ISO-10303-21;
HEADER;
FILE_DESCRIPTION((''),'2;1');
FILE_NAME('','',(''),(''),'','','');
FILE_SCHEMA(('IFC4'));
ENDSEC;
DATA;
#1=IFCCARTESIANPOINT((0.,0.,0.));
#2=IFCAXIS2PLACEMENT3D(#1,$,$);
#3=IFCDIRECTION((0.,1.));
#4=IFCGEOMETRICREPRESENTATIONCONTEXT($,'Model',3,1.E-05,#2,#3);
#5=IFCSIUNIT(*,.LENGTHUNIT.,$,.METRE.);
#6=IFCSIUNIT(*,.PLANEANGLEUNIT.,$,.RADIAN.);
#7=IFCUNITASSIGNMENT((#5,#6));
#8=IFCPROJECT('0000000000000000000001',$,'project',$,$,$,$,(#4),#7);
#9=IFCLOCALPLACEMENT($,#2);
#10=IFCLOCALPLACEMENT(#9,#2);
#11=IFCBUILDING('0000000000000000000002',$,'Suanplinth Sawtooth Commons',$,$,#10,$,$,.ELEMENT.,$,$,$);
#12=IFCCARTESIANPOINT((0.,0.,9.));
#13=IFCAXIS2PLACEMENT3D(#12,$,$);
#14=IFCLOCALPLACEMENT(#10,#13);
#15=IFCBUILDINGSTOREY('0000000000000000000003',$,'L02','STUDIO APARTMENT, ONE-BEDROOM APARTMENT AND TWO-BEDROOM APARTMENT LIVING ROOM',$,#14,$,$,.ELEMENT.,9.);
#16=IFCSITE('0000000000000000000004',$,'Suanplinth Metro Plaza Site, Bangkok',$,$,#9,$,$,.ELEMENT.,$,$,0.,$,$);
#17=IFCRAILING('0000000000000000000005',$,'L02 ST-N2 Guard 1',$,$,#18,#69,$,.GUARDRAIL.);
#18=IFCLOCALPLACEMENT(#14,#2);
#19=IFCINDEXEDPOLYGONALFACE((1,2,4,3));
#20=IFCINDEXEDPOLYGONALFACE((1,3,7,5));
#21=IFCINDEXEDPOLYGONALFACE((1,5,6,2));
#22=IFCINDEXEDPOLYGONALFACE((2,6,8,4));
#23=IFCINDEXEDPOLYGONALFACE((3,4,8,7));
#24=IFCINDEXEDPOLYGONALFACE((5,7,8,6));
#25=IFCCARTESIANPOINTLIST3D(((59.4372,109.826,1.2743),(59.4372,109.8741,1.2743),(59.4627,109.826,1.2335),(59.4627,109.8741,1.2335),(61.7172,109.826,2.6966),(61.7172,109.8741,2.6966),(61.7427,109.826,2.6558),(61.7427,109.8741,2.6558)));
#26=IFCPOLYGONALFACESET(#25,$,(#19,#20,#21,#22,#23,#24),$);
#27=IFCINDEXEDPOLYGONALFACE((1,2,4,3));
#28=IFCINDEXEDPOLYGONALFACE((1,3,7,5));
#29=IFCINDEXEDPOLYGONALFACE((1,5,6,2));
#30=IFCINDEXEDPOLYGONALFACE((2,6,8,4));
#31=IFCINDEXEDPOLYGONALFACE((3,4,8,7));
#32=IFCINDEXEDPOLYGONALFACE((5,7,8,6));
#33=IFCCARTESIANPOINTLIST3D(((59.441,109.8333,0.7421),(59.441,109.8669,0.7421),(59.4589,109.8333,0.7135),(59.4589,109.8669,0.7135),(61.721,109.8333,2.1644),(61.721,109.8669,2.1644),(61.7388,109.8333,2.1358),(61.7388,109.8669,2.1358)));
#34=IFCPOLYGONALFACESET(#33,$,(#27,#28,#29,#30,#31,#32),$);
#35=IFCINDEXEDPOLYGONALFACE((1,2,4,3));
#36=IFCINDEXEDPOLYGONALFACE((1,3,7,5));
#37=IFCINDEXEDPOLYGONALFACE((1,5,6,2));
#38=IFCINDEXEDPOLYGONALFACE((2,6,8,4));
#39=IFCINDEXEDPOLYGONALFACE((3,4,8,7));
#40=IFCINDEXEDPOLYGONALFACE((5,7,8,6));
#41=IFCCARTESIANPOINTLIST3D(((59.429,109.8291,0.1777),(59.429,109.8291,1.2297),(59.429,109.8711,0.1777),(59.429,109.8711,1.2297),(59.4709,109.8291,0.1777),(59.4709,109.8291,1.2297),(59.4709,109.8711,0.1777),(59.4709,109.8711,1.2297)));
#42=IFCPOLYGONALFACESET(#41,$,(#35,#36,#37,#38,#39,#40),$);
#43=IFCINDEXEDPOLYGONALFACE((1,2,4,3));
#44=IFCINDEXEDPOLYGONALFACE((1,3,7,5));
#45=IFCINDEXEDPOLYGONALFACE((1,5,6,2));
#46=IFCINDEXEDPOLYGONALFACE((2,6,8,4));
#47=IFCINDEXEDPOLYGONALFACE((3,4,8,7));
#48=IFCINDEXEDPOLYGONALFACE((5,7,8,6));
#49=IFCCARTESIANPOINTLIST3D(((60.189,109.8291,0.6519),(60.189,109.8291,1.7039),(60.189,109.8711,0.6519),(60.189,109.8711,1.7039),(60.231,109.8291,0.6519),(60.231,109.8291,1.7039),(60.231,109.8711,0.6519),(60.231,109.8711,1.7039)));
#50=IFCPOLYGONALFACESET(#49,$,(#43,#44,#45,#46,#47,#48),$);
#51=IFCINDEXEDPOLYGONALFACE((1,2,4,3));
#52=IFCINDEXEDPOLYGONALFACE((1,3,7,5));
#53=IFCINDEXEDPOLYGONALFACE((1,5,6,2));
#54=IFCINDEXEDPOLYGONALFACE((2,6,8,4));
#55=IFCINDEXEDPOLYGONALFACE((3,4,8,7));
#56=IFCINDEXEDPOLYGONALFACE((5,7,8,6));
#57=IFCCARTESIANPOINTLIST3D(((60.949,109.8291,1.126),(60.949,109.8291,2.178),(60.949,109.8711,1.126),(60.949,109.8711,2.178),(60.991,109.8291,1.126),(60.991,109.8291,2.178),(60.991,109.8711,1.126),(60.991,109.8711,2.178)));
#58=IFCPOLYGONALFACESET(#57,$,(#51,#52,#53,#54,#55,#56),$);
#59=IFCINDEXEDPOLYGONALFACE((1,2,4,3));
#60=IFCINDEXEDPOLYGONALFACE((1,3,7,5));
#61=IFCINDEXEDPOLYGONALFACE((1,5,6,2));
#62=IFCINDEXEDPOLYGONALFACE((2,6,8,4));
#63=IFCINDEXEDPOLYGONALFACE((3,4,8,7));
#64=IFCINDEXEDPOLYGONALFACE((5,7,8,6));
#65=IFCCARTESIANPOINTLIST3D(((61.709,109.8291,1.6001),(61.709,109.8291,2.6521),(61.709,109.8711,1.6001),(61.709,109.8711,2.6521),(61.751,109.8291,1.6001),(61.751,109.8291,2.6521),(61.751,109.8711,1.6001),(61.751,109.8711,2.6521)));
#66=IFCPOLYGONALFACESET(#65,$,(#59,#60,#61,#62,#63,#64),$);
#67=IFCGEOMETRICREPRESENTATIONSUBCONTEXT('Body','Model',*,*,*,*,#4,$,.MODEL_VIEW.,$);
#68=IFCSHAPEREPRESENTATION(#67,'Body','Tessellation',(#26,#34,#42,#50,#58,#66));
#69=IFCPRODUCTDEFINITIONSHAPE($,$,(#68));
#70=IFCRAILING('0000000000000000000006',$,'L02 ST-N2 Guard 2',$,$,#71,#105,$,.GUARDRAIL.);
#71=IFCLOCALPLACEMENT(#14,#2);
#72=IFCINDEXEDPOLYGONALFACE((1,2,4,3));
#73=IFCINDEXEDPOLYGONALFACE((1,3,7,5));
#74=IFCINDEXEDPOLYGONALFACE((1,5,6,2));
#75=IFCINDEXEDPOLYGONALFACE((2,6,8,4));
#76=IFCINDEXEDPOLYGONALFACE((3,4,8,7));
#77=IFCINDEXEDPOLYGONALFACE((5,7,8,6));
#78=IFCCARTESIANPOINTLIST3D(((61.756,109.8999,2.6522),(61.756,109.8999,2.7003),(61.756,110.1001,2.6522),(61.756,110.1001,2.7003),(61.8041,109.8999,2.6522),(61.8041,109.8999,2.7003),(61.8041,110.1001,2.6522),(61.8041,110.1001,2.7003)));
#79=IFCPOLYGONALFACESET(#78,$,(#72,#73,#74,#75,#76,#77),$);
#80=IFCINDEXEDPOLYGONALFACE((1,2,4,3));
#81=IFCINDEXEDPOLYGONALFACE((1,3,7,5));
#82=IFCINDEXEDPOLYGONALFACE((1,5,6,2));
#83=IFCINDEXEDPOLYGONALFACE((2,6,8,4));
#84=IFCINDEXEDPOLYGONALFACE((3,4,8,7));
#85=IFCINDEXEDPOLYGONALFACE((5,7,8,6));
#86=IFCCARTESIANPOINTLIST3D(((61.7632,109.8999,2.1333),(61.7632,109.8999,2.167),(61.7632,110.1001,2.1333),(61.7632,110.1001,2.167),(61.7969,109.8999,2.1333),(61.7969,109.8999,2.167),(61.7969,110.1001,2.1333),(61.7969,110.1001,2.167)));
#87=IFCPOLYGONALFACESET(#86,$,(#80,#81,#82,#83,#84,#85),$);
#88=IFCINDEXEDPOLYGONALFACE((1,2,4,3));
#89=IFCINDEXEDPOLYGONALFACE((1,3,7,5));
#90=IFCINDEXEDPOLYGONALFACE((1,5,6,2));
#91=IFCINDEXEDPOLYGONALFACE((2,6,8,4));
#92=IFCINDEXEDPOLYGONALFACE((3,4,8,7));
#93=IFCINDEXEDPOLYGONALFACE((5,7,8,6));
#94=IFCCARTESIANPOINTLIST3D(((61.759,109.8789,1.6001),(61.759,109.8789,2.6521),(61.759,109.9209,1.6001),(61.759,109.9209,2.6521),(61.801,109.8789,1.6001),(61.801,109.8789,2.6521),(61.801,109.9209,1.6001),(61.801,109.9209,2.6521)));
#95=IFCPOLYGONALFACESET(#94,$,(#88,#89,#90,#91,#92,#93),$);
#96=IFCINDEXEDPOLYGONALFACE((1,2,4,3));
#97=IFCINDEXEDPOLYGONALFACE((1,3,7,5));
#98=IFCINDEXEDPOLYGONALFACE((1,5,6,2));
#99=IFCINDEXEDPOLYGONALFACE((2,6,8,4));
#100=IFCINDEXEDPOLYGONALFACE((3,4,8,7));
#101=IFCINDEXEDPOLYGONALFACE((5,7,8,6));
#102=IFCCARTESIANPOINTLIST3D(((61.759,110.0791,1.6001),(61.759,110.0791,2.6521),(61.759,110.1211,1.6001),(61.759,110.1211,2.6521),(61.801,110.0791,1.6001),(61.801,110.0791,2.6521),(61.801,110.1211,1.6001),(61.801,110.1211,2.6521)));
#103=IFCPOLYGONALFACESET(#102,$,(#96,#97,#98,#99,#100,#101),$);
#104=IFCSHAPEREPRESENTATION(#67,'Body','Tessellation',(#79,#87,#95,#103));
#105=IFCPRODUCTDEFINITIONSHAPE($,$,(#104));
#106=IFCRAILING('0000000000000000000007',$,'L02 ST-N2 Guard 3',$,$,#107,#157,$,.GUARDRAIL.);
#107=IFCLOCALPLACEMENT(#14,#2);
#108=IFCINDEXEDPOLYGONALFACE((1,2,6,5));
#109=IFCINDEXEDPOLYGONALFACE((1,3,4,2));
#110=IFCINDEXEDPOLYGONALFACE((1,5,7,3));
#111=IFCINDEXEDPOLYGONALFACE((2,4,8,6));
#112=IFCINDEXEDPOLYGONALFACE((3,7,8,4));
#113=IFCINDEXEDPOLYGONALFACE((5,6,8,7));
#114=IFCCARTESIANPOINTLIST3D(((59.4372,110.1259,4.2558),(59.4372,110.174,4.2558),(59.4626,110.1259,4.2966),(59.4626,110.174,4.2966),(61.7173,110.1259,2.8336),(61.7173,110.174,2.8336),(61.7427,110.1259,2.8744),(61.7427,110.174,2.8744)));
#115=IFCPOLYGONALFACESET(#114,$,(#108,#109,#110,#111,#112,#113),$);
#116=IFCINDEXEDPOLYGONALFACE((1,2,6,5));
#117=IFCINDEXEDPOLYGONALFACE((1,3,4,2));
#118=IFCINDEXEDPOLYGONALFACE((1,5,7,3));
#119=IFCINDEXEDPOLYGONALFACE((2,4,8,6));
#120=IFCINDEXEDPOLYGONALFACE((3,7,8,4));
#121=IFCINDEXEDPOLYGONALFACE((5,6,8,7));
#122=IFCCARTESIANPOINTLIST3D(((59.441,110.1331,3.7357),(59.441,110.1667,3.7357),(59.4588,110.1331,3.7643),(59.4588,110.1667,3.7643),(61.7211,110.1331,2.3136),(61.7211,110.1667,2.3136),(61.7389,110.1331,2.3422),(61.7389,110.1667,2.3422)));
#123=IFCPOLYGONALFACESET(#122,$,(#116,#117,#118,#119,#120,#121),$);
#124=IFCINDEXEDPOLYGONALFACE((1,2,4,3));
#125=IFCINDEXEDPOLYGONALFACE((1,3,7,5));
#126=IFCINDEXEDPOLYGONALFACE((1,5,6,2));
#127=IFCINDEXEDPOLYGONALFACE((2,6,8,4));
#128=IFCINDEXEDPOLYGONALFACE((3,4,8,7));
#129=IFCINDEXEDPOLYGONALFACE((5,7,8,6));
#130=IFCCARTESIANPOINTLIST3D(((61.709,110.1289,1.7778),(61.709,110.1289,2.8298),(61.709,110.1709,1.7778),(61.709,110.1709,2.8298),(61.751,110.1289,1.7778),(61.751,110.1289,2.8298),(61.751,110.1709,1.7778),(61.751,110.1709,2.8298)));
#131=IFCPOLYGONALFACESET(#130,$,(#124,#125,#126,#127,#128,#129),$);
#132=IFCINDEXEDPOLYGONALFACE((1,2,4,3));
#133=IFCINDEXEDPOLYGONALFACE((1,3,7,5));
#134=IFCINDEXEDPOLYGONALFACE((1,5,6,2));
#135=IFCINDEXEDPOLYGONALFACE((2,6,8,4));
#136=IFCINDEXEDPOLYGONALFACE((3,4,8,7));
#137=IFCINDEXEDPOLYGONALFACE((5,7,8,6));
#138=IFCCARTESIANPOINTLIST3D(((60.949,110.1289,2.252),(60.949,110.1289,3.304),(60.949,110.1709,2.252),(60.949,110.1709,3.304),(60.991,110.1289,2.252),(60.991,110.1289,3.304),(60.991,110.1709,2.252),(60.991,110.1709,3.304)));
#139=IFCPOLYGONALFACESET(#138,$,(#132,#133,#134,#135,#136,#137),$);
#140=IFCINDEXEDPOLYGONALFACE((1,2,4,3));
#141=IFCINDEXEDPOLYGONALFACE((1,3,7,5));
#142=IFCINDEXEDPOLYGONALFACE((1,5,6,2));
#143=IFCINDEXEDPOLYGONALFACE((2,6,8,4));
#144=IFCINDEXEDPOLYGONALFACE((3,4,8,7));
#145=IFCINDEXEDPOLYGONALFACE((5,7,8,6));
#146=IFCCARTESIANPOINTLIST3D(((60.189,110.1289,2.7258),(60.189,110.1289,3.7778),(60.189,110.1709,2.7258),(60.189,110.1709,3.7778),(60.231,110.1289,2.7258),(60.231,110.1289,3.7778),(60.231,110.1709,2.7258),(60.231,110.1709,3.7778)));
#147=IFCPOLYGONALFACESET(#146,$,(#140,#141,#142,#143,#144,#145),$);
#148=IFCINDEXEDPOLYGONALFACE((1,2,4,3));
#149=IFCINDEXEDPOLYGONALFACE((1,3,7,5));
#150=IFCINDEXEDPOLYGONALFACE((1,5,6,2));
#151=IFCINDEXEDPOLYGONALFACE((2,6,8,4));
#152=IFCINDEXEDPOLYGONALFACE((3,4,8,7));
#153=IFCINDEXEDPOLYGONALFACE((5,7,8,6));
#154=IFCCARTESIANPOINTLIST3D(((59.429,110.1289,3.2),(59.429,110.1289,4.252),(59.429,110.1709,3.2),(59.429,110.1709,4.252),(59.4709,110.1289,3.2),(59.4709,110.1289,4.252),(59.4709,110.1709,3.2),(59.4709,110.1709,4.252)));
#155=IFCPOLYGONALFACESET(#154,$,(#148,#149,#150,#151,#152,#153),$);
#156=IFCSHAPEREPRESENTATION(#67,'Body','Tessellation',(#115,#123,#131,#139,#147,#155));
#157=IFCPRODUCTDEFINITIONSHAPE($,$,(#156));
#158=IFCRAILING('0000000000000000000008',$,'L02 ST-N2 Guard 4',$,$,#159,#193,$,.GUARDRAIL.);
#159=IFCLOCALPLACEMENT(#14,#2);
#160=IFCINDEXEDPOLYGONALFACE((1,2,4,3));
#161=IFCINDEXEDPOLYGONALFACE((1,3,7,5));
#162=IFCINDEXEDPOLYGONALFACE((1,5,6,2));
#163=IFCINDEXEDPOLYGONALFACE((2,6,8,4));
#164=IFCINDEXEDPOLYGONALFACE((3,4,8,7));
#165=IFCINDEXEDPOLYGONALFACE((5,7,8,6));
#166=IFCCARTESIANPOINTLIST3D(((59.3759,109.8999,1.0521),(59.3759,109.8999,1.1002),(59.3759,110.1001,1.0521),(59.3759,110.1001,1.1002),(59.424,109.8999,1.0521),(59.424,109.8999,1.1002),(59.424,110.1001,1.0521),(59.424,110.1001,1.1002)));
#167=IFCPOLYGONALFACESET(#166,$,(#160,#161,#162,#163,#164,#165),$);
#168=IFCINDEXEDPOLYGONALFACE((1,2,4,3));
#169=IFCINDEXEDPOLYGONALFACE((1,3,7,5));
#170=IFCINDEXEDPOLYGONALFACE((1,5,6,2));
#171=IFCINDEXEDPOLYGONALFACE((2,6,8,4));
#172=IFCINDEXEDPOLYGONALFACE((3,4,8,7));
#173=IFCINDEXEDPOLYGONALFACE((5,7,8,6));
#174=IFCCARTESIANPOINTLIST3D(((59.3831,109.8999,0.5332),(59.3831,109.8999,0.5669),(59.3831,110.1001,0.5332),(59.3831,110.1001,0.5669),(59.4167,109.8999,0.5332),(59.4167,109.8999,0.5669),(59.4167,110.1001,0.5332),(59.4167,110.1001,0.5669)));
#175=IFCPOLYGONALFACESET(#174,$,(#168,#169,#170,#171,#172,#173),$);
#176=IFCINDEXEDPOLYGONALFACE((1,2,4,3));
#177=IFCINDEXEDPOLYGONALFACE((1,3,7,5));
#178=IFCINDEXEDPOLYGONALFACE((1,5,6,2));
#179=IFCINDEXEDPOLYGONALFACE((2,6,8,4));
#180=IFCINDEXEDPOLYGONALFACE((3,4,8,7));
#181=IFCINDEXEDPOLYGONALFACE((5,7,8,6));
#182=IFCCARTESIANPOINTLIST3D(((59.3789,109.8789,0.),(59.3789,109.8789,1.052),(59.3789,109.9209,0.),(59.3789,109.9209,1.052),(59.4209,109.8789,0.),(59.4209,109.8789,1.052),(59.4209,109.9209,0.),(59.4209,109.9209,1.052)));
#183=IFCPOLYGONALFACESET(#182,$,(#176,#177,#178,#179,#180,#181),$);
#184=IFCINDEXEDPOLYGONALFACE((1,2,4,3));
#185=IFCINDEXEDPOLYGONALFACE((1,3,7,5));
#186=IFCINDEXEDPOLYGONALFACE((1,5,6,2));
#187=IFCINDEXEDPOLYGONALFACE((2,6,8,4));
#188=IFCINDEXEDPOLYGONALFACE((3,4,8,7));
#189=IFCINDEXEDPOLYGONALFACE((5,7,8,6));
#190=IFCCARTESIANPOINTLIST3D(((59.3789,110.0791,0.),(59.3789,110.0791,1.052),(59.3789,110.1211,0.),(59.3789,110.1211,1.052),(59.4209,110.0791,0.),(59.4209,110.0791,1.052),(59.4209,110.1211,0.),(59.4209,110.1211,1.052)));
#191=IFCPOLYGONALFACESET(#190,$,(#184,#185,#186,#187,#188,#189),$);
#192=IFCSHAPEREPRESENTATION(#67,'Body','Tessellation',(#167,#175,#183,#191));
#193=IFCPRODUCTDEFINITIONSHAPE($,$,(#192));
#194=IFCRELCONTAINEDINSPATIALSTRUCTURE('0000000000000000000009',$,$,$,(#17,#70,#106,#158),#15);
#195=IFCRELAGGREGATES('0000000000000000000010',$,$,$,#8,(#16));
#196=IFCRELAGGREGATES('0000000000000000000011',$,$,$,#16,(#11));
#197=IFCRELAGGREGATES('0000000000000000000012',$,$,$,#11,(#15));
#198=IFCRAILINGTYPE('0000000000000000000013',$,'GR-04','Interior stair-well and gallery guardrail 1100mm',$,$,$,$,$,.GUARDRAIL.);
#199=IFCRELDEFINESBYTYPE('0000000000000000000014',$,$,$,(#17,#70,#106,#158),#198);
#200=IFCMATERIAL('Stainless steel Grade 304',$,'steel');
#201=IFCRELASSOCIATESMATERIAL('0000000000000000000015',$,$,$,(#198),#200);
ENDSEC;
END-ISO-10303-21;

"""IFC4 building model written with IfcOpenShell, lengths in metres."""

from ifc_helpers import new_model, si_unit, direction, frame, origin, origin_2d, place, context, subcontext, project, spatial, rectangle, extrude, material, type_object, element, save


model = new_model("IFC4")

# Units and contexts
model_context = context("Model", 3, precision=1e-05, world=origin(), true_north=direction((0.0, 1.0)))
body_context = subcontext(model_context, "Body", "Model", "MODEL_VIEW")
ifc_project = project(units=[si_unit("LENGTHUNIT", "METRE"), si_unit("PLANEANGLEUNIT", "RADIAN")], contexts=[model_context])

# Site, building, storey
site_placement = place(None, origin())
site = spatial("IfcSite", under=ifc_project, at=site_placement, Name="Suanplinth Metro Plaza Site, Bangkok", CompositionType="ELEMENT", RefElevation=0.0)
building_placement = place(site_placement, origin())
building = spatial("IfcBuilding", under=site, at=building_placement, Name="Suanplinth Sawtooth Commons", CompositionType="ELEMENT")
storey_placement = place(building_placement, frame((0.0, 0.0, 9.0)))
storey = spatial("IfcBuildingStorey", under=building, at=storey_placement, Name="L02", Description="STUDIO APARTMENT, ONE-BEDROOM APARTMENT AND TWO-BEDROOM APARTMENT LIVING ROOM", CompositionType="ELEMENT", Elevation=9.0)

# Railings
ifc_material_1 = material(Name="Stainless steel Grade 304", Category="steel")
railing_type_1 = type_object("IfcRailingType", Name="GR-04", Description="Interior stair-well and gallery guardrail 1100mm", PredefinedType="GUARDRAIL", material=ifc_material_1)
railing_1_placement = place(storey_placement, frame((59.45, 109.8501, 0.1777)))
element("IfcRailing", 1, at=railing_1_placement, inside=storey, type_object=railing_type_1, Name="L02 ST-N2 Guard 1", PredefinedType="GUARDRAIL", context=body_context, shape_type="SweptSolid", body=[
    extrude(rectangle(XDim=0.0481, YDim=0.0481, at=origin_2d()), frame((0.0, 0.0, 1.0762), z_axis=(0.848442, 0.0, 0.529288), x_axis=(0.0, 1.0, 0.0)), (0.0, 0.0, 1.0), 2.6873),
    extrude(rectangle(XDim=0.0337, YDim=0.0337, at=origin_2d()), frame((0.0, 0.0, 0.55), z_axis=(0.848442, 0.0, 0.529288), x_axis=(0.0, 1.0, 0.0)), (0.0, 0.0, 1.0), 2.6873),
    extrude(rectangle(XDim=0.042, YDim=0.042, at=origin_2d()), origin(), (0.0, 0.0, 1.0), 1.052),
    extrude(rectangle(XDim=0.042, YDim=0.042, at=origin_2d()), frame((0.76, 0.0, 0.4741)), (0.0, 0.0, 1.0), 1.052),
    extrude(rectangle(XDim=0.042, YDim=0.042, at=origin_2d()), frame((1.52, 0.0, 0.9482)), (0.0, 0.0, 1.0), 1.052),
    extrude(rectangle(XDim=0.042, YDim=0.042, at=origin_2d()), frame((2.28, 0.0, 1.4224)), (0.0, 0.0, 1.0), 1.052),
])
railing_2_placement = place(storey_placement, frame((61.78, 109.8999, 1.6001)))
element("IfcRailing", 2, at=railing_2_placement, inside=storey, type_object=railing_type_1, Name="L02 ST-N2 Guard 2", PredefinedType="GUARDRAIL", context=body_context, shape_type="SweptSolid", body=[
    extrude(rectangle(XDim=0.0481, YDim=0.0481, at=origin_2d()), frame((0.0, 0.0, 1.0762), z_axis=(0.0, 1.0, 0.0), x_axis=(-1.0, 0.0, 0.0)), (0.0, 0.0, 1.0), 0.2002),
    extrude(rectangle(XDim=0.0337, YDim=0.0337, at=origin_2d()), frame((0.0, 0.0, 0.55), z_axis=(0.0, 1.0, 0.0), x_axis=(-1.0, 0.0, 0.0)), (0.0, 0.0, 1.0), 0.2002),
    extrude(rectangle(XDim=0.042, YDim=0.042, at=origin_2d()), origin(), (0.0, 0.0, 1.0), 1.052),
    extrude(rectangle(XDim=0.042, YDim=0.042, at=origin_2d()), frame((0.0, 0.2002, 0.0)), (0.0, 0.0, 1.0), 1.052),
])
railing_3_placement = place(storey_placement, frame((61.73, 110.1499, 1.7778)))
element("IfcRailing", 3, at=railing_3_placement, inside=storey, type_object=railing_type_1, Name="L02 ST-N2 Guard 3", PredefinedType="GUARDRAIL", context=body_context, shape_type="SweptSolid", body=[
    extrude(rectangle(XDim=0.0481, YDim=0.0481, at=origin_2d()), frame((0.0, 0.0, 1.0762), z_axis=(-0.848483, 0.0, 0.529223), x_axis=(0.0, -1.0, 0.0)), (0.0, 0.0, 1.0), 2.6873),
    extrude(rectangle(XDim=0.0337, YDim=0.0337, at=origin_2d()), frame((0.0, 0.0, 0.55), z_axis=(-0.848483, 0.0, 0.529223), x_axis=(0.0, -1.0, 0.0)), (0.0, 0.0, 1.0), 2.6873),
    extrude(rectangle(XDim=0.042, YDim=0.042, at=origin_2d()), origin(), (0.0, 0.0, 1.0), 1.052),
    extrude(rectangle(XDim=0.042, YDim=0.042, at=origin_2d()), frame((-0.76, 0.0, 0.4741)), (0.0, 0.0, 1.0), 1.052),
    extrude(rectangle(XDim=0.042, YDim=0.042, at=origin_2d()), frame((-1.52, 0.0, 0.948)), (0.0, 0.0, 1.0), 1.052),
    extrude(rectangle(XDim=0.042, YDim=0.042, at=origin_2d()), frame((-2.28, 0.0, 1.4221)), (0.0, 0.0, 1.0), 1.052),
])
railing_4_placement = place(storey_placement, frame((59.3999, 109.8999, 0.0)))
element("IfcRailing", 4, at=railing_4_placement, inside=storey, type_object=railing_type_1, Name="L02 ST-N2 Guard 4", PredefinedType="GUARDRAIL", context=body_context, shape_type="SweptSolid", body=[
    extrude(rectangle(XDim=0.0481, YDim=0.0481, at=origin_2d()), frame((0.0, 0.0, 1.0762), z_axis=(0.0, 1.0, 0.0), x_axis=(-1.0, 0.0, 0.0)), (0.0, 0.0, 1.0), 0.2002),
    extrude(rectangle(XDim=0.0337, YDim=0.0337, at=origin_2d()), frame((0.0, 0.0, 0.55), z_axis=(0.0, 1.0, 0.0), x_axis=(-1.0, 0.0, 0.0)), (0.0, 0.0, 1.0), 0.2002),
    extrude(rectangle(XDim=0.042, YDim=0.042, at=origin_2d()), origin(), (0.0, 0.0, 1.0), 1.052),
    extrude(rectangle(XDim=0.042, YDim=0.042, at=origin_2d()), frame((0.0, 0.2002, 0.0)), (0.0, 0.0, 1.0), 1.052),
])

save(model, "model.ifc")
